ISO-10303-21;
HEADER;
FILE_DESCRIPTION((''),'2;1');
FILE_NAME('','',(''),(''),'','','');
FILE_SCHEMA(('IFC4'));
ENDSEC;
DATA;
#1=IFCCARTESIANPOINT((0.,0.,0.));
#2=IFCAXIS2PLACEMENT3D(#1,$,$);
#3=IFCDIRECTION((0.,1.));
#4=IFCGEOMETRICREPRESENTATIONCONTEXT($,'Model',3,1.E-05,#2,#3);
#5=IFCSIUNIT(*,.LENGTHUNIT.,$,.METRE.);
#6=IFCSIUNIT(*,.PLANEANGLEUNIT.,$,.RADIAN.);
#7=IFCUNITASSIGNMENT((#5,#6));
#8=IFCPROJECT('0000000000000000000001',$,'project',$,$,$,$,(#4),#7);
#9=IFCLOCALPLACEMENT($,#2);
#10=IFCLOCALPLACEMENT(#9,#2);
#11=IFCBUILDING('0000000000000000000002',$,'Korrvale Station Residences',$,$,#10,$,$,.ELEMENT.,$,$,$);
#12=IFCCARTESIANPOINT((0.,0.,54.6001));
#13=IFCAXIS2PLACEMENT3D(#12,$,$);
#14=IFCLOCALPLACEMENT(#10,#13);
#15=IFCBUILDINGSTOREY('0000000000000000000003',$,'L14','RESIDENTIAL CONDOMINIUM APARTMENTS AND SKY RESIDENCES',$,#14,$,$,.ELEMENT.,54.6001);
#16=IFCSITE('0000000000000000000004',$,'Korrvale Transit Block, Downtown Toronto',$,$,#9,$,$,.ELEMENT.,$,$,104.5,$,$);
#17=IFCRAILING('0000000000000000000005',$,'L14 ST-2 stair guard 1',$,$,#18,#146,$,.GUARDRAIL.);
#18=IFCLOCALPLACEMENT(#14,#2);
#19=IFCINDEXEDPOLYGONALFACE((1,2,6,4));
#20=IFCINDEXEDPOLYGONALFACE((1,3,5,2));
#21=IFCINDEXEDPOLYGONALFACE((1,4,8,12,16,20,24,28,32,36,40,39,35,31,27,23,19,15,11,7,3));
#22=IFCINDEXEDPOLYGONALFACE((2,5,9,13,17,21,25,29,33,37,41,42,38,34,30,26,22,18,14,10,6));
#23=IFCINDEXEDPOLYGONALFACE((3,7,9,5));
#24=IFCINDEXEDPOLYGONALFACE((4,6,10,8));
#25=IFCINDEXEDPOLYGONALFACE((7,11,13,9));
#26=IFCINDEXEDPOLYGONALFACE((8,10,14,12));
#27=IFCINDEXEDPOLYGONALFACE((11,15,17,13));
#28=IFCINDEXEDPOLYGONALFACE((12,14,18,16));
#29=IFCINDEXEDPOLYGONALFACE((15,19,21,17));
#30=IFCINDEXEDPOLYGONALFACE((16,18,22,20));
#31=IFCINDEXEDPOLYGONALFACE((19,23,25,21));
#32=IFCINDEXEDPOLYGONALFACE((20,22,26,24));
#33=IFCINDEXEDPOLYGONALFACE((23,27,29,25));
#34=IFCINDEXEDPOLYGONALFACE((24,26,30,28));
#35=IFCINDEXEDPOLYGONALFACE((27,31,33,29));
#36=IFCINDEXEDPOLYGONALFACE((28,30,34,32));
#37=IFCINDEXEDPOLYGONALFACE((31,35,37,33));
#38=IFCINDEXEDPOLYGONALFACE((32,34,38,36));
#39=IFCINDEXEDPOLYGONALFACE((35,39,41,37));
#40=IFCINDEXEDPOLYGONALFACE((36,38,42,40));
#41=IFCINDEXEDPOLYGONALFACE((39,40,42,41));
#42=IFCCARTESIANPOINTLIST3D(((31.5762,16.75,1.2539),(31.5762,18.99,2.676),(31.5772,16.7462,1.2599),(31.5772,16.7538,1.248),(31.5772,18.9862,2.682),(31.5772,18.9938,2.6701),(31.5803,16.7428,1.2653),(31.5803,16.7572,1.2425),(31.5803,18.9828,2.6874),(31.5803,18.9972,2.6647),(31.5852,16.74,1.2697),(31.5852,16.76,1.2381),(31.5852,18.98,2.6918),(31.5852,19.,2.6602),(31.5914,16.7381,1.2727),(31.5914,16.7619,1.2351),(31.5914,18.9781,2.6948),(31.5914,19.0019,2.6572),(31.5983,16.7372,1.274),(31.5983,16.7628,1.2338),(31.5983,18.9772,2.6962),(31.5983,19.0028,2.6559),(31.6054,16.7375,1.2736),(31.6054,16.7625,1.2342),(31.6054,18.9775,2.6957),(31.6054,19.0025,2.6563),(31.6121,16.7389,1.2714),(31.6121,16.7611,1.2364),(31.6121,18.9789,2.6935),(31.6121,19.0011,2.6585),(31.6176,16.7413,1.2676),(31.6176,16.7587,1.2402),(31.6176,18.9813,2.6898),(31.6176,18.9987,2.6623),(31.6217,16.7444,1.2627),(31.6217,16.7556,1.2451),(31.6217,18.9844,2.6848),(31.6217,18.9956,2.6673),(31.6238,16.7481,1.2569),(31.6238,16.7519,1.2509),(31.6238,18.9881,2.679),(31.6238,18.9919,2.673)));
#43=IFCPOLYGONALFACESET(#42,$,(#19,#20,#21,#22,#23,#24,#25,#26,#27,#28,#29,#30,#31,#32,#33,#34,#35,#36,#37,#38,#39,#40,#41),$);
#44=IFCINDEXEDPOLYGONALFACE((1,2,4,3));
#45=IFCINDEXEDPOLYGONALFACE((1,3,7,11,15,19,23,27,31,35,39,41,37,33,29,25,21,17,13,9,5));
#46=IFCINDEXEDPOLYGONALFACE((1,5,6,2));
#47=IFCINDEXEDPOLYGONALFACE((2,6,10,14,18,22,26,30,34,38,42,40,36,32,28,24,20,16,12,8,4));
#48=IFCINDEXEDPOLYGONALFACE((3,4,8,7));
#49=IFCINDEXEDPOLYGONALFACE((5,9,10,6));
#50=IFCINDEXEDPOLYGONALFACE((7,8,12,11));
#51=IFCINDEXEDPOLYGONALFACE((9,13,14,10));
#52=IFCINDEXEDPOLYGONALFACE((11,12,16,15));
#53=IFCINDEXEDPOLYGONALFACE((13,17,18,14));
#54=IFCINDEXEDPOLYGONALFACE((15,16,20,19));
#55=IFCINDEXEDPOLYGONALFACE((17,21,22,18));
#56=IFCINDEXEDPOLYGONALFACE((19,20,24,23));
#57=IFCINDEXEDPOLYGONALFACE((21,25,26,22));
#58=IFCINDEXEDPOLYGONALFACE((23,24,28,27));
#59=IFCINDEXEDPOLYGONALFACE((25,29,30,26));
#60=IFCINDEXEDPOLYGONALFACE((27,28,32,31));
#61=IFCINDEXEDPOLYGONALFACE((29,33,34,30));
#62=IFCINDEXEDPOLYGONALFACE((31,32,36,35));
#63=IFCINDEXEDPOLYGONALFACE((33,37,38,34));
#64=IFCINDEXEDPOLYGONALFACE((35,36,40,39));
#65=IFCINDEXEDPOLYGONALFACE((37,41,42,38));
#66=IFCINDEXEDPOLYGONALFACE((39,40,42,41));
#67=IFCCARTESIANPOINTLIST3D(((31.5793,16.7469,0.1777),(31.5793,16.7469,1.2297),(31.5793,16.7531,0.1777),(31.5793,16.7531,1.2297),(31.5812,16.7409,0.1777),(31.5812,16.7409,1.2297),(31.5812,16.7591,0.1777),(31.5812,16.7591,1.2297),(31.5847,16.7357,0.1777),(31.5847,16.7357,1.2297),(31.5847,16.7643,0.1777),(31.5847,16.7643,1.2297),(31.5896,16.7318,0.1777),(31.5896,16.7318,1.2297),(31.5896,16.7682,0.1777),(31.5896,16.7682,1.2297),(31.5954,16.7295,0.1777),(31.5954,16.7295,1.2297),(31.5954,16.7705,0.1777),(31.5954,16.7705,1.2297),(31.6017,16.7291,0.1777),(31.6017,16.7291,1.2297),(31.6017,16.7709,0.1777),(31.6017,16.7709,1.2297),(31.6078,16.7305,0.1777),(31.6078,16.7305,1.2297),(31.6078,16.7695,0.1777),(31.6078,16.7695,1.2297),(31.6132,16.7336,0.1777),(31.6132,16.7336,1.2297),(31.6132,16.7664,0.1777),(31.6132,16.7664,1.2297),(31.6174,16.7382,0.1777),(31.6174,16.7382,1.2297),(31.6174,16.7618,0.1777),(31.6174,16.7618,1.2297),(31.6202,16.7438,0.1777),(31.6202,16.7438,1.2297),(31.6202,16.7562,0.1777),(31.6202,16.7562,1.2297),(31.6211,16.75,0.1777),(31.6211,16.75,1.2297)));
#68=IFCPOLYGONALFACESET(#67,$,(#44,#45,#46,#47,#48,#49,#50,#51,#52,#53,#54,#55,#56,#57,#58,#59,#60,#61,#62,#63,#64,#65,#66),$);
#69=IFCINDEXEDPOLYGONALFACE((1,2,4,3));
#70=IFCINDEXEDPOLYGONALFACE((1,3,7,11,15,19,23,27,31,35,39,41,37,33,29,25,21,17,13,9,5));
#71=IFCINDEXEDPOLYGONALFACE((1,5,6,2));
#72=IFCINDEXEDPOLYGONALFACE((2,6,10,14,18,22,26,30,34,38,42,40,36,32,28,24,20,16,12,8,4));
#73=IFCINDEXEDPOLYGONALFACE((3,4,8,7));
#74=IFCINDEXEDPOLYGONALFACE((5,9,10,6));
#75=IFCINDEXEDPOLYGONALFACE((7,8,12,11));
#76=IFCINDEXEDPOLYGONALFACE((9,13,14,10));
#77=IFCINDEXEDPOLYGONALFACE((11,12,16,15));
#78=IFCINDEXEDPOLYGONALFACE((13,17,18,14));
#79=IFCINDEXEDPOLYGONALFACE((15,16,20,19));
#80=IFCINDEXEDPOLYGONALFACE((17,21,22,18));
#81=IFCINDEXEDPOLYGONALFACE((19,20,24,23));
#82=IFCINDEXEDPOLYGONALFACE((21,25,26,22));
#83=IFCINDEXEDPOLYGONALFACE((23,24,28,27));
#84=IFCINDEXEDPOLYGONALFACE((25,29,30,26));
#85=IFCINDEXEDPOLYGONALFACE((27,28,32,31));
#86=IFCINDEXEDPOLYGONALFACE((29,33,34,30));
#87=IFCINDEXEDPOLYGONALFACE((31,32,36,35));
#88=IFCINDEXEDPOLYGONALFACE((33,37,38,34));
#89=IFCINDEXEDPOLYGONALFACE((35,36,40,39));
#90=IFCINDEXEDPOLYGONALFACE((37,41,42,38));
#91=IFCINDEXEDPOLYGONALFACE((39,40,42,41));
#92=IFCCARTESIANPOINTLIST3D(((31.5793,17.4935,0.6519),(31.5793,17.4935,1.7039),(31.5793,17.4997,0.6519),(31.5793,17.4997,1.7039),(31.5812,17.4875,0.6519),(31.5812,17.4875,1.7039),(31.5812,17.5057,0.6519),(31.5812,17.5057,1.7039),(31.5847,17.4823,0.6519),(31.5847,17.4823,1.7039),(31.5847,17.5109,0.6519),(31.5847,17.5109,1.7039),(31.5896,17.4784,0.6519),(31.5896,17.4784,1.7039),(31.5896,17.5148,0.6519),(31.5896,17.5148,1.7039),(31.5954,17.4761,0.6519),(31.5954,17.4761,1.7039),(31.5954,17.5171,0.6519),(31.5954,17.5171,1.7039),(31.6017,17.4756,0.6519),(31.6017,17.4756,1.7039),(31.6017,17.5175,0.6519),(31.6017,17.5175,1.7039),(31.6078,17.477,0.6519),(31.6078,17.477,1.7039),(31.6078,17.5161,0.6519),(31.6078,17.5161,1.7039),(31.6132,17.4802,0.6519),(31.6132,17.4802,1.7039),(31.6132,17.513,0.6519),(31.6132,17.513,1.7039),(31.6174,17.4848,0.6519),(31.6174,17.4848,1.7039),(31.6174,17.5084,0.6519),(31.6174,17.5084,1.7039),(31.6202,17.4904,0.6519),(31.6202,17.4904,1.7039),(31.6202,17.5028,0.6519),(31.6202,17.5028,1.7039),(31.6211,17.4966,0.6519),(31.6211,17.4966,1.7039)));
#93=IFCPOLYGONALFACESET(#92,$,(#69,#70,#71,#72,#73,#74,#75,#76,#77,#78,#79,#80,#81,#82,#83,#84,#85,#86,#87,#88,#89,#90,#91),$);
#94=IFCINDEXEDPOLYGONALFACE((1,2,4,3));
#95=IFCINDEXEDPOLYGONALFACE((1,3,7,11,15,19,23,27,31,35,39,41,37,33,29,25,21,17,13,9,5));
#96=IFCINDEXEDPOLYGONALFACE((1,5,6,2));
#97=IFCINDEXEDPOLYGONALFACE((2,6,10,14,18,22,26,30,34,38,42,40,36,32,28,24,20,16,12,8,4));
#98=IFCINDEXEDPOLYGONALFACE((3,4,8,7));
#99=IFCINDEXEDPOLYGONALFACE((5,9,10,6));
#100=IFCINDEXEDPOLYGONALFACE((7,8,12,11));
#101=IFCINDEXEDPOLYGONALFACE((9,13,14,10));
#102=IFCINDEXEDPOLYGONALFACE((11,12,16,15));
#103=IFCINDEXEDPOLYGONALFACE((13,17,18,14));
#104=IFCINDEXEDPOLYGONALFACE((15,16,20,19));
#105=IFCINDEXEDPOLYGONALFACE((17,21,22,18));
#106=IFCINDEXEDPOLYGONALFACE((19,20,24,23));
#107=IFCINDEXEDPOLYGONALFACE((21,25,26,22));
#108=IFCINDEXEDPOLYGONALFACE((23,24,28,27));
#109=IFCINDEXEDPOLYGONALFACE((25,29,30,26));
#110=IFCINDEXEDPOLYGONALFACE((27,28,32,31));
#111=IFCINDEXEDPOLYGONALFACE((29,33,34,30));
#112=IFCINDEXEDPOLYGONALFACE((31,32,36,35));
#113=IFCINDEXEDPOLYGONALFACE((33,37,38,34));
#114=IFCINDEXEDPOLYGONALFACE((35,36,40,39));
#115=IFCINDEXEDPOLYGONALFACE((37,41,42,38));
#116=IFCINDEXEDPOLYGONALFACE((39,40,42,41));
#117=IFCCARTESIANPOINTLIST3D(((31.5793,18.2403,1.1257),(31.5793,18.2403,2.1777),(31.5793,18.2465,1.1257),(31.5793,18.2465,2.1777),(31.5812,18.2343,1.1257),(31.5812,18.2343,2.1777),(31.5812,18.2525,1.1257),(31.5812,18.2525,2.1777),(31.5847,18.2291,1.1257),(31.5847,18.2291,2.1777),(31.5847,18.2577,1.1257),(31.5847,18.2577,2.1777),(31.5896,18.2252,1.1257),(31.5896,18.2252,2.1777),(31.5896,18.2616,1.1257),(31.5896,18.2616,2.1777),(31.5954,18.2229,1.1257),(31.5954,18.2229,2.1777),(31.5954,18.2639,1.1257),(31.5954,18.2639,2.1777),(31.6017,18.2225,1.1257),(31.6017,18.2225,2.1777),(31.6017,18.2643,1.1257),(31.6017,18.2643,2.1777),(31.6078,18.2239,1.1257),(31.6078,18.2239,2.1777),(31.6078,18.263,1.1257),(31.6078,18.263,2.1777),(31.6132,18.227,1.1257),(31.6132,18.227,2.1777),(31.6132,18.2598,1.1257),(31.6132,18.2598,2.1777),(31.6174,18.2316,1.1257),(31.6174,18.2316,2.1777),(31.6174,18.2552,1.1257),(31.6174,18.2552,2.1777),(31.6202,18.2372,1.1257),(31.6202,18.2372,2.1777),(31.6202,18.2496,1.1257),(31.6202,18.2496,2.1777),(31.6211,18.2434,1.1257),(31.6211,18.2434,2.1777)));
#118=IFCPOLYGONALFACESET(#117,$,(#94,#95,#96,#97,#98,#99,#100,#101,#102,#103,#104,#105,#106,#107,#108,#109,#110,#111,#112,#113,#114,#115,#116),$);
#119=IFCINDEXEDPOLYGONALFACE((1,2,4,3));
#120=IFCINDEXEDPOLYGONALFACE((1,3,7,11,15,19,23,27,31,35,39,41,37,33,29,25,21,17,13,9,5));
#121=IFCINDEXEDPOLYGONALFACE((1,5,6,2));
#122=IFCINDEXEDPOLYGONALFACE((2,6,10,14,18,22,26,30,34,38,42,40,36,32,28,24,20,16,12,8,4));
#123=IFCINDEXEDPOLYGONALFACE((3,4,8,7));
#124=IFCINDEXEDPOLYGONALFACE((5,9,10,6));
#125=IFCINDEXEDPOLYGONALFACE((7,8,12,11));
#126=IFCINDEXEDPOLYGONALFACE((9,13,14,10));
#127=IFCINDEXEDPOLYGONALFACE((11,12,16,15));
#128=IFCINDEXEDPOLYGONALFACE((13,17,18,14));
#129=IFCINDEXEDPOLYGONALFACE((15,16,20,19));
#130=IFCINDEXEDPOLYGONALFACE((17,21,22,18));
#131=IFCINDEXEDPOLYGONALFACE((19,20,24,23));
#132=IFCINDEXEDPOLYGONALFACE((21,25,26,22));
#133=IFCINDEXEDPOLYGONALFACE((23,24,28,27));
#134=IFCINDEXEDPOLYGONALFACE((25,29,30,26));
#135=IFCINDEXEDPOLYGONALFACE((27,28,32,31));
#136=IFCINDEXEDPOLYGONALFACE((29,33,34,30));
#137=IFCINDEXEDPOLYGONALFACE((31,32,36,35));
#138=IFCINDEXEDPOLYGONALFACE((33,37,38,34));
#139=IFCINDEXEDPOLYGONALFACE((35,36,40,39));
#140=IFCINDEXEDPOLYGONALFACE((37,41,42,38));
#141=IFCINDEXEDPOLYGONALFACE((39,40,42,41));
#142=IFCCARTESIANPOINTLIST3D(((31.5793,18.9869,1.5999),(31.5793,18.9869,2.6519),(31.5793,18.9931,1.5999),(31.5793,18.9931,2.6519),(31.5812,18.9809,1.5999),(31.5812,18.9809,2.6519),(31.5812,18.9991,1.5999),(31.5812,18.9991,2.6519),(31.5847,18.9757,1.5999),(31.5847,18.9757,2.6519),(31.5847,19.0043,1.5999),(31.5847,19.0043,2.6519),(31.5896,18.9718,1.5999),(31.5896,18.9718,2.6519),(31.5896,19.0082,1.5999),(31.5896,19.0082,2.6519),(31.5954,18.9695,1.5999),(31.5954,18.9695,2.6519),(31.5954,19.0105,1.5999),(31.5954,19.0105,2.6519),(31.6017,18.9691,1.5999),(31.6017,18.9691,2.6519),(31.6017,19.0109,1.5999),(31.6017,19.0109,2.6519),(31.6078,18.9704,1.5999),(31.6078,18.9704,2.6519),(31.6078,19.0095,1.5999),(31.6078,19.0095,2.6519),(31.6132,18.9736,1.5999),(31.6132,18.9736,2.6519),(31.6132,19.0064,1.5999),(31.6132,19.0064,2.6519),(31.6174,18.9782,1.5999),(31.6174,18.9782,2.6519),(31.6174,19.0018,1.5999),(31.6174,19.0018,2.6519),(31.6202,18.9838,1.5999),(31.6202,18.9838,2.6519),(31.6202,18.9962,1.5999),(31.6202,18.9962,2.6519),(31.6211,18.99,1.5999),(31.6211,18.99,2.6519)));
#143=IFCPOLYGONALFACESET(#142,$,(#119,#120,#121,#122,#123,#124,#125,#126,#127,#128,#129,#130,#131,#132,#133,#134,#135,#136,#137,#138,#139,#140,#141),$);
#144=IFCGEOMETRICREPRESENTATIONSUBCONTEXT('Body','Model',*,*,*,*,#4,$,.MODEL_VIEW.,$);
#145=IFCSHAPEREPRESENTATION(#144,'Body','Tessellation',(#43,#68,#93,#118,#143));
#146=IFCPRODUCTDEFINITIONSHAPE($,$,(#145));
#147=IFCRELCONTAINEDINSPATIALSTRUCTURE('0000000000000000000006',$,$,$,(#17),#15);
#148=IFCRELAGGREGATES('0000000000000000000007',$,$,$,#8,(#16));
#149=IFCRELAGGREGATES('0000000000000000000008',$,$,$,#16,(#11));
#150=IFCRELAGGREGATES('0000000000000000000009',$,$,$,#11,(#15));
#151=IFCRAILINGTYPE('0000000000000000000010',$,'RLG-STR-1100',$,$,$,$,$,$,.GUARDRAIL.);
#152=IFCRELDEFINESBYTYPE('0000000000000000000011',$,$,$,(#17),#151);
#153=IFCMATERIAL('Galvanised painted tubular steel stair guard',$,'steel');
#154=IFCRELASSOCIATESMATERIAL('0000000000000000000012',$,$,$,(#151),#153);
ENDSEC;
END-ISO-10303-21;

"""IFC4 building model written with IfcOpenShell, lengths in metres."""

from ifc_helpers import new_model, si_unit, direction, frame, origin, origin_2d, place, context, subcontext, project, spatial, circle, extrude, material, type_object, element, save


model = new_model("IFC4")

# Units and contexts
model_context = context("Model", 3, precision=1e-05, world=origin(), true_north=direction((0.0, 1.0)))
body_context = subcontext(model_context, "Body", "Model", "MODEL_VIEW")
ifc_project = project(units=[si_unit("LENGTHUNIT", "METRE"), si_unit("PLANEANGLEUNIT", "RADIAN")], contexts=[model_context])

# Site, building, storey
site_placement = place(None, origin())
site = spatial("IfcSite", under=ifc_project, at=site_placement, Name="Korrvale Transit Block, Downtown Toronto", CompositionType="ELEMENT", RefElevation=104.5)
building_placement = place(site_placement, origin())
building = spatial("IfcBuilding", under=site, at=building_placement, Name="Korrvale Station Residences", CompositionType="ELEMENT")
storey_placement = place(building_placement, frame((0.0, 0.0, 54.6001)))
storey = spatial("IfcBuildingStorey", under=building, at=storey_placement, Name="L14", Description="RESIDENTIAL CONDOMINIUM APARTMENTS AND SKY RESIDENCES", CompositionType="ELEMENT", Elevation=54.6001)

# Railing
ifc_material_1 = material(Name="Galvanised painted tubular steel stair guard", Category="steel")
railing_type_1 = type_object("IfcRailingType", Name="RLG-STR-1100", PredefinedType="GUARDRAIL", material=ifc_material_1)
railing_1_placement = place(storey_placement, frame((31.6001, 16.75, 0.1777)))
element("IfcRailing", 1, at=railing_1_placement, inside=storey, type_object=railing_type_1, Name="L14 ST-2 stair guard 1", PredefinedType="GUARDRAIL", context=body_context, shape_type="SweptSolid", body=[
    extrude(circle(Radius=0.0239, at=origin_2d()), frame((0.0, 0.0, 1.0762), z_axis=(0.0, 0.844229, 0.535982), x_axis=(-1.0, 0.0, 0.0)), (0.0, 0.0, 1.0), 2.6533),
    extrude(circle(Radius=0.021, at=origin_2d()), origin(), (0.0, 0.0, 1.0), 1.052),
    extrude(circle(Radius=0.021, at=origin_2d()), frame((0.0, 0.7466, 0.4741)), (0.0, 0.0, 1.0), 1.052),
    extrude(circle(Radius=0.021, at=origin_2d()), frame((0.0, 1.4934, 0.948)), (0.0, 0.0, 1.0), 1.052),
    extrude(circle(Radius=0.021, at=origin_2d()), frame((0.0, 2.24, 1.4221)), (0.0, 0.0, 1.0), 1.052),
])

save(model, "model.ifc")
